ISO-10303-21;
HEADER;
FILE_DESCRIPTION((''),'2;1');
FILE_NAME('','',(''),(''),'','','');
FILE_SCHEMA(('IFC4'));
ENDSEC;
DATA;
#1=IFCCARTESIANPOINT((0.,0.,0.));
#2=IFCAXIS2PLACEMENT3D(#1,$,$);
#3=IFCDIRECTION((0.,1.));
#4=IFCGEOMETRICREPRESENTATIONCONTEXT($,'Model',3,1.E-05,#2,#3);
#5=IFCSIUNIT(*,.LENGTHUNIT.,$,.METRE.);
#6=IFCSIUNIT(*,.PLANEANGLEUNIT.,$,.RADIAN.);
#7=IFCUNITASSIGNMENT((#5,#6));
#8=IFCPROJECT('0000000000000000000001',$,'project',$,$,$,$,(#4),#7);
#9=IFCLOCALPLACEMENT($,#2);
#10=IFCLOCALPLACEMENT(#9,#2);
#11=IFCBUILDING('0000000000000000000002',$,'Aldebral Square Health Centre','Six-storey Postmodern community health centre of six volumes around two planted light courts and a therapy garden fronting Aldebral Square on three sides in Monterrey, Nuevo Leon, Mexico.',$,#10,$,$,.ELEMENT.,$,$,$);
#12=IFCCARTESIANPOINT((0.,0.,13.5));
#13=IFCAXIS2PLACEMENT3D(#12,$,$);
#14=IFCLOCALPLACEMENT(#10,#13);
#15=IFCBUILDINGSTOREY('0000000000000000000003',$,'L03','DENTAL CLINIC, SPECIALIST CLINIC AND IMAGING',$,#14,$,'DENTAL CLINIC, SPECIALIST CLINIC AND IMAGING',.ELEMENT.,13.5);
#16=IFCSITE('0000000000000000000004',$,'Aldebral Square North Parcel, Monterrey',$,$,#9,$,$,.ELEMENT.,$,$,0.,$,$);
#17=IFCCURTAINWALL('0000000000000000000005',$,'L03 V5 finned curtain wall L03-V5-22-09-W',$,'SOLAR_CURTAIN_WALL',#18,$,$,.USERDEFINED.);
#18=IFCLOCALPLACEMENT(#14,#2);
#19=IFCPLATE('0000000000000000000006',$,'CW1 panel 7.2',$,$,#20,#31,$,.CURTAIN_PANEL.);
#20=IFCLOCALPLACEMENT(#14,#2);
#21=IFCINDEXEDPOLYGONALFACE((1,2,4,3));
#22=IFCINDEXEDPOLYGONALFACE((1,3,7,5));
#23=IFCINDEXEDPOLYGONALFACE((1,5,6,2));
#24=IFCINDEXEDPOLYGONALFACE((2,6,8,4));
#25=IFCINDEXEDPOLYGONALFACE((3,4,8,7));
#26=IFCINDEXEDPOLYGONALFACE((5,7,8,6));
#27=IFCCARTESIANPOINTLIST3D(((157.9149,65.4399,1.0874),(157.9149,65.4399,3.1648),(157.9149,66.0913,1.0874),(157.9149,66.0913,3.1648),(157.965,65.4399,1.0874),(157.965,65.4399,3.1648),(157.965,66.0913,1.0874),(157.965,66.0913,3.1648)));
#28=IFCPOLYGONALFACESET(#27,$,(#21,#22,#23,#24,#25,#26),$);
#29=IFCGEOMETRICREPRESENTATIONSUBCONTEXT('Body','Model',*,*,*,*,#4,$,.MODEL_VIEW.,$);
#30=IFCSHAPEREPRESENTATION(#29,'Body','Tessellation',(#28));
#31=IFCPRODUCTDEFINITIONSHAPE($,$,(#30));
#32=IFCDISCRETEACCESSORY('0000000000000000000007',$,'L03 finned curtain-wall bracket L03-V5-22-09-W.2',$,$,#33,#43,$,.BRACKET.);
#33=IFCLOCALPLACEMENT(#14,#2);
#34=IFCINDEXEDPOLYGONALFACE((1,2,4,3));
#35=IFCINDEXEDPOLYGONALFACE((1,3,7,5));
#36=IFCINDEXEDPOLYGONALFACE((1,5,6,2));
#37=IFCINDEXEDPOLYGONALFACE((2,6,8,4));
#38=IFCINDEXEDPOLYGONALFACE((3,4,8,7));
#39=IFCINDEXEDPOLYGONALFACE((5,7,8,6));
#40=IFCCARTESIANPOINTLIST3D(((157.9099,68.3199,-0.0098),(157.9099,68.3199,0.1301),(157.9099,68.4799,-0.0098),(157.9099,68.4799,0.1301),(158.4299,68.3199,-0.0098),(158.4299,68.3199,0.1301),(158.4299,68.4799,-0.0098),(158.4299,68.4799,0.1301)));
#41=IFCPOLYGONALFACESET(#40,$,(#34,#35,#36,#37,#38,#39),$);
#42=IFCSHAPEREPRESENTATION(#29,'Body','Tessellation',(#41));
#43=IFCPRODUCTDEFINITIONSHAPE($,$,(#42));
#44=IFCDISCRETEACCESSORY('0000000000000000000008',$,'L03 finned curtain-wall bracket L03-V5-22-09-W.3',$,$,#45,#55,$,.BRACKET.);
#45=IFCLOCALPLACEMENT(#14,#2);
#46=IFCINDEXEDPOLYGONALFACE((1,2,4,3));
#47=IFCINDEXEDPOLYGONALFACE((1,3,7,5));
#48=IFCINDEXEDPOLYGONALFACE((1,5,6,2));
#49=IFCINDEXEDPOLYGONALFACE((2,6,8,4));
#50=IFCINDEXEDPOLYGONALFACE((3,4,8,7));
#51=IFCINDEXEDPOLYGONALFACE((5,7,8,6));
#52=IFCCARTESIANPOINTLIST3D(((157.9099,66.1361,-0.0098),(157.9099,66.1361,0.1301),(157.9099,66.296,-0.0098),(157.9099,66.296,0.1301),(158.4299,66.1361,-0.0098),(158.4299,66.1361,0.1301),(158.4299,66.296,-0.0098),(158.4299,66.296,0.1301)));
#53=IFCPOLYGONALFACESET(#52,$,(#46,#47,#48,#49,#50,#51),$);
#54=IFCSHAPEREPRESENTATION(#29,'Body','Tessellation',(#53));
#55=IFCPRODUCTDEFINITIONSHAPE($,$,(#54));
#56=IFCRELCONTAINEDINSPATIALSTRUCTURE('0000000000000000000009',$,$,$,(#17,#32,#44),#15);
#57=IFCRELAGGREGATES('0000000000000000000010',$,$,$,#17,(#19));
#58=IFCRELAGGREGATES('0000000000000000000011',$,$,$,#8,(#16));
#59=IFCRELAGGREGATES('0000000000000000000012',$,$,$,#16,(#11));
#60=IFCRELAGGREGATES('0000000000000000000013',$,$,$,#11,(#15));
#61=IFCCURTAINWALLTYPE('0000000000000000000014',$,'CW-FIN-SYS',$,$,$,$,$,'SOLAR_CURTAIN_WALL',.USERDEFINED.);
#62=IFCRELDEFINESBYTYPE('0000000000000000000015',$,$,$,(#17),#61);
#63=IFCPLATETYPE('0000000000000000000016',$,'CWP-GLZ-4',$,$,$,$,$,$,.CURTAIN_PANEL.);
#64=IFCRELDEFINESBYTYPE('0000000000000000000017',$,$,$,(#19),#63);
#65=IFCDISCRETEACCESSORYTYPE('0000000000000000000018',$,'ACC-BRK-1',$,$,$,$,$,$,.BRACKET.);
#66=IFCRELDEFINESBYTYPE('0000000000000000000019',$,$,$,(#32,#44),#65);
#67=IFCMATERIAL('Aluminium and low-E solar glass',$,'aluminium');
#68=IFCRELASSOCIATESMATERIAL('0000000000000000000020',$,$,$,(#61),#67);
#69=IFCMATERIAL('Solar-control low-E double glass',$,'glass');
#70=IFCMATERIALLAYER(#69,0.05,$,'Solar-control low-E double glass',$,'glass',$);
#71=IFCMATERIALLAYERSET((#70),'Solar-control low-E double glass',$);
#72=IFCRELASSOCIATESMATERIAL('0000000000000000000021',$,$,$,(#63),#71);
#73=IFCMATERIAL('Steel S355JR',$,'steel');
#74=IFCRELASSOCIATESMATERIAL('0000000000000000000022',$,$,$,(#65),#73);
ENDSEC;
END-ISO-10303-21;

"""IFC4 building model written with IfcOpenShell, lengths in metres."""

from ifc_helpers import new_model, si_unit, direction, frame, origin, origin_2d, place, context, subcontext, project, spatial, rectangle, extrude, material, layer, layer_set, type_object, element, aggregate, save


model = new_model("IFC4")

# Units and contexts
model_context = context("Model", 3, precision=1e-05, world=origin(), true_north=direction((0.0, 1.0)))
body_context = subcontext(model_context, "Body", "Model", "MODEL_VIEW")
ifc_project = project(units=[si_unit("LENGTHUNIT", "METRE"), si_unit("PLANEANGLEUNIT", "RADIAN")], contexts=[model_context])

# Site, building, storey
site_placement = place(None, origin())
site = spatial("IfcSite", under=ifc_project, at=site_placement, Name="Aldebral Square North Parcel, Monterrey", CompositionType="ELEMENT", RefElevation=0.0)
building_placement = place(site_placement, origin())
building = spatial("IfcBuilding", under=site, at=building_placement, Name="Aldebral Square Health Centre", Description="Six-storey Postmodern community health centre of six volumes around two planted light courts and a therapy garden fronting Aldebral Square on three sides in Monterrey, Nuevo Leon, Mexico.", CompositionType="ELEMENT")
storey_placement = place(building_placement, frame((0.0, 0.0, 13.5)))
storey = spatial("IfcBuildingStorey", under=building, at=storey_placement, Name="L03", Description="DENTAL CLINIC, SPECIALIST CLINIC AND IMAGING", LongName="DENTAL CLINIC, SPECIALIST CLINIC AND IMAGING", CompositionType="ELEMENT", Elevation=13.5)

# Curtain wall, plate
ifc_material_1 = material(Name="Aluminium and low-E solar glass", Category="aluminium")
curtain_wall_type = type_object("IfcCurtainWallType", Name="CW-FIN-SYS", ElementType="SOLAR_CURTAIN_WALL", PredefinedType="USERDEFINED", material=ifc_material_1)
curtain_wall_placement = place(storey_placement, origin())
curtain_wall = element("IfcCurtainWall", 1, at=curtain_wall_placement, inside=storey, type_object=curtain_wall_type, Name="L03 V5 finned curtain wall L03-V5-22-09-W", ObjectType="SOLAR_CURTAIN_WALL", PredefinedType="USERDEFINED")
ifc_material_2 = material(Name="Solar-control low-E double glass", Category="glass")
ifc_layer = layer(ifc_material_2, 0.05, Name="Solar-control low-E double glass", Category="glass")
ifc_layer_set = layer_set([ifc_layer], Name="Solar-control low-E double glass")
plate_type = type_object("IfcPlateType", Name="CWP-GLZ-4", PredefinedType="CURTAIN_PANEL", material=ifc_layer_set)
plate_1_placement = place(storey_placement, frame((157.9399, 65.7656, 1.0874), z_axis=(0.0, 0.0, 1.0), x_axis=(0.0, -1.0, 0.0)))
plate_1 = element("IfcPlate", 2, at=plate_1_placement, type_object=plate_type, Name="CW1 panel 7.2", PredefinedType="CURTAIN_PANEL", context=body_context, shape_type="SweptSolid", body=[
    extrude(rectangle(XDim=0.6514, YDim=0.05, at=origin_2d()), origin(), (0.0, 0.0, 1.0), 2.0774),
])
aggregate(curtain_wall, [plate_1])

# Discrete accessories
ifc_material_3 = material(Name="Steel S355JR", Category="steel")
discrete_accessory_type = type_object("IfcDiscreteAccessoryType", Name="ACC-BRK-1", PredefinedType="BRACKET", material=ifc_material_3)
for number, where, z_axis, x_axis, name in (
    (3, (158.1699, 68.3999, -0.0098), (0.0, 0.0, 1.0), (0.0, 1.0, 0.0), "L03 finned curtain-wall bracket L03-V5-22-09-W.2"),
    (4, (158.1699, 66.2161, -0.0098), (0.0, 0.0, 1.0), (0.0, 1.0, 0.0), "L03 finned curtain-wall bracket L03-V5-22-09-W.3"),
):
    element("IfcDiscreteAccessory", number, at=place(storey_placement, frame(where, z_axis=z_axis, x_axis=x_axis)), inside=storey, type_object=discrete_accessory_type, Name=name, PredefinedType="BRACKET", context=body_context, shape_type="SweptSolid", body=[
        extrude(rectangle(XDim=0.1599, YDim=0.52, at=origin_2d()), origin(), (0.0, 0.0, 1.0), 0.1399),
    ])

save(model, "model.ifc")
